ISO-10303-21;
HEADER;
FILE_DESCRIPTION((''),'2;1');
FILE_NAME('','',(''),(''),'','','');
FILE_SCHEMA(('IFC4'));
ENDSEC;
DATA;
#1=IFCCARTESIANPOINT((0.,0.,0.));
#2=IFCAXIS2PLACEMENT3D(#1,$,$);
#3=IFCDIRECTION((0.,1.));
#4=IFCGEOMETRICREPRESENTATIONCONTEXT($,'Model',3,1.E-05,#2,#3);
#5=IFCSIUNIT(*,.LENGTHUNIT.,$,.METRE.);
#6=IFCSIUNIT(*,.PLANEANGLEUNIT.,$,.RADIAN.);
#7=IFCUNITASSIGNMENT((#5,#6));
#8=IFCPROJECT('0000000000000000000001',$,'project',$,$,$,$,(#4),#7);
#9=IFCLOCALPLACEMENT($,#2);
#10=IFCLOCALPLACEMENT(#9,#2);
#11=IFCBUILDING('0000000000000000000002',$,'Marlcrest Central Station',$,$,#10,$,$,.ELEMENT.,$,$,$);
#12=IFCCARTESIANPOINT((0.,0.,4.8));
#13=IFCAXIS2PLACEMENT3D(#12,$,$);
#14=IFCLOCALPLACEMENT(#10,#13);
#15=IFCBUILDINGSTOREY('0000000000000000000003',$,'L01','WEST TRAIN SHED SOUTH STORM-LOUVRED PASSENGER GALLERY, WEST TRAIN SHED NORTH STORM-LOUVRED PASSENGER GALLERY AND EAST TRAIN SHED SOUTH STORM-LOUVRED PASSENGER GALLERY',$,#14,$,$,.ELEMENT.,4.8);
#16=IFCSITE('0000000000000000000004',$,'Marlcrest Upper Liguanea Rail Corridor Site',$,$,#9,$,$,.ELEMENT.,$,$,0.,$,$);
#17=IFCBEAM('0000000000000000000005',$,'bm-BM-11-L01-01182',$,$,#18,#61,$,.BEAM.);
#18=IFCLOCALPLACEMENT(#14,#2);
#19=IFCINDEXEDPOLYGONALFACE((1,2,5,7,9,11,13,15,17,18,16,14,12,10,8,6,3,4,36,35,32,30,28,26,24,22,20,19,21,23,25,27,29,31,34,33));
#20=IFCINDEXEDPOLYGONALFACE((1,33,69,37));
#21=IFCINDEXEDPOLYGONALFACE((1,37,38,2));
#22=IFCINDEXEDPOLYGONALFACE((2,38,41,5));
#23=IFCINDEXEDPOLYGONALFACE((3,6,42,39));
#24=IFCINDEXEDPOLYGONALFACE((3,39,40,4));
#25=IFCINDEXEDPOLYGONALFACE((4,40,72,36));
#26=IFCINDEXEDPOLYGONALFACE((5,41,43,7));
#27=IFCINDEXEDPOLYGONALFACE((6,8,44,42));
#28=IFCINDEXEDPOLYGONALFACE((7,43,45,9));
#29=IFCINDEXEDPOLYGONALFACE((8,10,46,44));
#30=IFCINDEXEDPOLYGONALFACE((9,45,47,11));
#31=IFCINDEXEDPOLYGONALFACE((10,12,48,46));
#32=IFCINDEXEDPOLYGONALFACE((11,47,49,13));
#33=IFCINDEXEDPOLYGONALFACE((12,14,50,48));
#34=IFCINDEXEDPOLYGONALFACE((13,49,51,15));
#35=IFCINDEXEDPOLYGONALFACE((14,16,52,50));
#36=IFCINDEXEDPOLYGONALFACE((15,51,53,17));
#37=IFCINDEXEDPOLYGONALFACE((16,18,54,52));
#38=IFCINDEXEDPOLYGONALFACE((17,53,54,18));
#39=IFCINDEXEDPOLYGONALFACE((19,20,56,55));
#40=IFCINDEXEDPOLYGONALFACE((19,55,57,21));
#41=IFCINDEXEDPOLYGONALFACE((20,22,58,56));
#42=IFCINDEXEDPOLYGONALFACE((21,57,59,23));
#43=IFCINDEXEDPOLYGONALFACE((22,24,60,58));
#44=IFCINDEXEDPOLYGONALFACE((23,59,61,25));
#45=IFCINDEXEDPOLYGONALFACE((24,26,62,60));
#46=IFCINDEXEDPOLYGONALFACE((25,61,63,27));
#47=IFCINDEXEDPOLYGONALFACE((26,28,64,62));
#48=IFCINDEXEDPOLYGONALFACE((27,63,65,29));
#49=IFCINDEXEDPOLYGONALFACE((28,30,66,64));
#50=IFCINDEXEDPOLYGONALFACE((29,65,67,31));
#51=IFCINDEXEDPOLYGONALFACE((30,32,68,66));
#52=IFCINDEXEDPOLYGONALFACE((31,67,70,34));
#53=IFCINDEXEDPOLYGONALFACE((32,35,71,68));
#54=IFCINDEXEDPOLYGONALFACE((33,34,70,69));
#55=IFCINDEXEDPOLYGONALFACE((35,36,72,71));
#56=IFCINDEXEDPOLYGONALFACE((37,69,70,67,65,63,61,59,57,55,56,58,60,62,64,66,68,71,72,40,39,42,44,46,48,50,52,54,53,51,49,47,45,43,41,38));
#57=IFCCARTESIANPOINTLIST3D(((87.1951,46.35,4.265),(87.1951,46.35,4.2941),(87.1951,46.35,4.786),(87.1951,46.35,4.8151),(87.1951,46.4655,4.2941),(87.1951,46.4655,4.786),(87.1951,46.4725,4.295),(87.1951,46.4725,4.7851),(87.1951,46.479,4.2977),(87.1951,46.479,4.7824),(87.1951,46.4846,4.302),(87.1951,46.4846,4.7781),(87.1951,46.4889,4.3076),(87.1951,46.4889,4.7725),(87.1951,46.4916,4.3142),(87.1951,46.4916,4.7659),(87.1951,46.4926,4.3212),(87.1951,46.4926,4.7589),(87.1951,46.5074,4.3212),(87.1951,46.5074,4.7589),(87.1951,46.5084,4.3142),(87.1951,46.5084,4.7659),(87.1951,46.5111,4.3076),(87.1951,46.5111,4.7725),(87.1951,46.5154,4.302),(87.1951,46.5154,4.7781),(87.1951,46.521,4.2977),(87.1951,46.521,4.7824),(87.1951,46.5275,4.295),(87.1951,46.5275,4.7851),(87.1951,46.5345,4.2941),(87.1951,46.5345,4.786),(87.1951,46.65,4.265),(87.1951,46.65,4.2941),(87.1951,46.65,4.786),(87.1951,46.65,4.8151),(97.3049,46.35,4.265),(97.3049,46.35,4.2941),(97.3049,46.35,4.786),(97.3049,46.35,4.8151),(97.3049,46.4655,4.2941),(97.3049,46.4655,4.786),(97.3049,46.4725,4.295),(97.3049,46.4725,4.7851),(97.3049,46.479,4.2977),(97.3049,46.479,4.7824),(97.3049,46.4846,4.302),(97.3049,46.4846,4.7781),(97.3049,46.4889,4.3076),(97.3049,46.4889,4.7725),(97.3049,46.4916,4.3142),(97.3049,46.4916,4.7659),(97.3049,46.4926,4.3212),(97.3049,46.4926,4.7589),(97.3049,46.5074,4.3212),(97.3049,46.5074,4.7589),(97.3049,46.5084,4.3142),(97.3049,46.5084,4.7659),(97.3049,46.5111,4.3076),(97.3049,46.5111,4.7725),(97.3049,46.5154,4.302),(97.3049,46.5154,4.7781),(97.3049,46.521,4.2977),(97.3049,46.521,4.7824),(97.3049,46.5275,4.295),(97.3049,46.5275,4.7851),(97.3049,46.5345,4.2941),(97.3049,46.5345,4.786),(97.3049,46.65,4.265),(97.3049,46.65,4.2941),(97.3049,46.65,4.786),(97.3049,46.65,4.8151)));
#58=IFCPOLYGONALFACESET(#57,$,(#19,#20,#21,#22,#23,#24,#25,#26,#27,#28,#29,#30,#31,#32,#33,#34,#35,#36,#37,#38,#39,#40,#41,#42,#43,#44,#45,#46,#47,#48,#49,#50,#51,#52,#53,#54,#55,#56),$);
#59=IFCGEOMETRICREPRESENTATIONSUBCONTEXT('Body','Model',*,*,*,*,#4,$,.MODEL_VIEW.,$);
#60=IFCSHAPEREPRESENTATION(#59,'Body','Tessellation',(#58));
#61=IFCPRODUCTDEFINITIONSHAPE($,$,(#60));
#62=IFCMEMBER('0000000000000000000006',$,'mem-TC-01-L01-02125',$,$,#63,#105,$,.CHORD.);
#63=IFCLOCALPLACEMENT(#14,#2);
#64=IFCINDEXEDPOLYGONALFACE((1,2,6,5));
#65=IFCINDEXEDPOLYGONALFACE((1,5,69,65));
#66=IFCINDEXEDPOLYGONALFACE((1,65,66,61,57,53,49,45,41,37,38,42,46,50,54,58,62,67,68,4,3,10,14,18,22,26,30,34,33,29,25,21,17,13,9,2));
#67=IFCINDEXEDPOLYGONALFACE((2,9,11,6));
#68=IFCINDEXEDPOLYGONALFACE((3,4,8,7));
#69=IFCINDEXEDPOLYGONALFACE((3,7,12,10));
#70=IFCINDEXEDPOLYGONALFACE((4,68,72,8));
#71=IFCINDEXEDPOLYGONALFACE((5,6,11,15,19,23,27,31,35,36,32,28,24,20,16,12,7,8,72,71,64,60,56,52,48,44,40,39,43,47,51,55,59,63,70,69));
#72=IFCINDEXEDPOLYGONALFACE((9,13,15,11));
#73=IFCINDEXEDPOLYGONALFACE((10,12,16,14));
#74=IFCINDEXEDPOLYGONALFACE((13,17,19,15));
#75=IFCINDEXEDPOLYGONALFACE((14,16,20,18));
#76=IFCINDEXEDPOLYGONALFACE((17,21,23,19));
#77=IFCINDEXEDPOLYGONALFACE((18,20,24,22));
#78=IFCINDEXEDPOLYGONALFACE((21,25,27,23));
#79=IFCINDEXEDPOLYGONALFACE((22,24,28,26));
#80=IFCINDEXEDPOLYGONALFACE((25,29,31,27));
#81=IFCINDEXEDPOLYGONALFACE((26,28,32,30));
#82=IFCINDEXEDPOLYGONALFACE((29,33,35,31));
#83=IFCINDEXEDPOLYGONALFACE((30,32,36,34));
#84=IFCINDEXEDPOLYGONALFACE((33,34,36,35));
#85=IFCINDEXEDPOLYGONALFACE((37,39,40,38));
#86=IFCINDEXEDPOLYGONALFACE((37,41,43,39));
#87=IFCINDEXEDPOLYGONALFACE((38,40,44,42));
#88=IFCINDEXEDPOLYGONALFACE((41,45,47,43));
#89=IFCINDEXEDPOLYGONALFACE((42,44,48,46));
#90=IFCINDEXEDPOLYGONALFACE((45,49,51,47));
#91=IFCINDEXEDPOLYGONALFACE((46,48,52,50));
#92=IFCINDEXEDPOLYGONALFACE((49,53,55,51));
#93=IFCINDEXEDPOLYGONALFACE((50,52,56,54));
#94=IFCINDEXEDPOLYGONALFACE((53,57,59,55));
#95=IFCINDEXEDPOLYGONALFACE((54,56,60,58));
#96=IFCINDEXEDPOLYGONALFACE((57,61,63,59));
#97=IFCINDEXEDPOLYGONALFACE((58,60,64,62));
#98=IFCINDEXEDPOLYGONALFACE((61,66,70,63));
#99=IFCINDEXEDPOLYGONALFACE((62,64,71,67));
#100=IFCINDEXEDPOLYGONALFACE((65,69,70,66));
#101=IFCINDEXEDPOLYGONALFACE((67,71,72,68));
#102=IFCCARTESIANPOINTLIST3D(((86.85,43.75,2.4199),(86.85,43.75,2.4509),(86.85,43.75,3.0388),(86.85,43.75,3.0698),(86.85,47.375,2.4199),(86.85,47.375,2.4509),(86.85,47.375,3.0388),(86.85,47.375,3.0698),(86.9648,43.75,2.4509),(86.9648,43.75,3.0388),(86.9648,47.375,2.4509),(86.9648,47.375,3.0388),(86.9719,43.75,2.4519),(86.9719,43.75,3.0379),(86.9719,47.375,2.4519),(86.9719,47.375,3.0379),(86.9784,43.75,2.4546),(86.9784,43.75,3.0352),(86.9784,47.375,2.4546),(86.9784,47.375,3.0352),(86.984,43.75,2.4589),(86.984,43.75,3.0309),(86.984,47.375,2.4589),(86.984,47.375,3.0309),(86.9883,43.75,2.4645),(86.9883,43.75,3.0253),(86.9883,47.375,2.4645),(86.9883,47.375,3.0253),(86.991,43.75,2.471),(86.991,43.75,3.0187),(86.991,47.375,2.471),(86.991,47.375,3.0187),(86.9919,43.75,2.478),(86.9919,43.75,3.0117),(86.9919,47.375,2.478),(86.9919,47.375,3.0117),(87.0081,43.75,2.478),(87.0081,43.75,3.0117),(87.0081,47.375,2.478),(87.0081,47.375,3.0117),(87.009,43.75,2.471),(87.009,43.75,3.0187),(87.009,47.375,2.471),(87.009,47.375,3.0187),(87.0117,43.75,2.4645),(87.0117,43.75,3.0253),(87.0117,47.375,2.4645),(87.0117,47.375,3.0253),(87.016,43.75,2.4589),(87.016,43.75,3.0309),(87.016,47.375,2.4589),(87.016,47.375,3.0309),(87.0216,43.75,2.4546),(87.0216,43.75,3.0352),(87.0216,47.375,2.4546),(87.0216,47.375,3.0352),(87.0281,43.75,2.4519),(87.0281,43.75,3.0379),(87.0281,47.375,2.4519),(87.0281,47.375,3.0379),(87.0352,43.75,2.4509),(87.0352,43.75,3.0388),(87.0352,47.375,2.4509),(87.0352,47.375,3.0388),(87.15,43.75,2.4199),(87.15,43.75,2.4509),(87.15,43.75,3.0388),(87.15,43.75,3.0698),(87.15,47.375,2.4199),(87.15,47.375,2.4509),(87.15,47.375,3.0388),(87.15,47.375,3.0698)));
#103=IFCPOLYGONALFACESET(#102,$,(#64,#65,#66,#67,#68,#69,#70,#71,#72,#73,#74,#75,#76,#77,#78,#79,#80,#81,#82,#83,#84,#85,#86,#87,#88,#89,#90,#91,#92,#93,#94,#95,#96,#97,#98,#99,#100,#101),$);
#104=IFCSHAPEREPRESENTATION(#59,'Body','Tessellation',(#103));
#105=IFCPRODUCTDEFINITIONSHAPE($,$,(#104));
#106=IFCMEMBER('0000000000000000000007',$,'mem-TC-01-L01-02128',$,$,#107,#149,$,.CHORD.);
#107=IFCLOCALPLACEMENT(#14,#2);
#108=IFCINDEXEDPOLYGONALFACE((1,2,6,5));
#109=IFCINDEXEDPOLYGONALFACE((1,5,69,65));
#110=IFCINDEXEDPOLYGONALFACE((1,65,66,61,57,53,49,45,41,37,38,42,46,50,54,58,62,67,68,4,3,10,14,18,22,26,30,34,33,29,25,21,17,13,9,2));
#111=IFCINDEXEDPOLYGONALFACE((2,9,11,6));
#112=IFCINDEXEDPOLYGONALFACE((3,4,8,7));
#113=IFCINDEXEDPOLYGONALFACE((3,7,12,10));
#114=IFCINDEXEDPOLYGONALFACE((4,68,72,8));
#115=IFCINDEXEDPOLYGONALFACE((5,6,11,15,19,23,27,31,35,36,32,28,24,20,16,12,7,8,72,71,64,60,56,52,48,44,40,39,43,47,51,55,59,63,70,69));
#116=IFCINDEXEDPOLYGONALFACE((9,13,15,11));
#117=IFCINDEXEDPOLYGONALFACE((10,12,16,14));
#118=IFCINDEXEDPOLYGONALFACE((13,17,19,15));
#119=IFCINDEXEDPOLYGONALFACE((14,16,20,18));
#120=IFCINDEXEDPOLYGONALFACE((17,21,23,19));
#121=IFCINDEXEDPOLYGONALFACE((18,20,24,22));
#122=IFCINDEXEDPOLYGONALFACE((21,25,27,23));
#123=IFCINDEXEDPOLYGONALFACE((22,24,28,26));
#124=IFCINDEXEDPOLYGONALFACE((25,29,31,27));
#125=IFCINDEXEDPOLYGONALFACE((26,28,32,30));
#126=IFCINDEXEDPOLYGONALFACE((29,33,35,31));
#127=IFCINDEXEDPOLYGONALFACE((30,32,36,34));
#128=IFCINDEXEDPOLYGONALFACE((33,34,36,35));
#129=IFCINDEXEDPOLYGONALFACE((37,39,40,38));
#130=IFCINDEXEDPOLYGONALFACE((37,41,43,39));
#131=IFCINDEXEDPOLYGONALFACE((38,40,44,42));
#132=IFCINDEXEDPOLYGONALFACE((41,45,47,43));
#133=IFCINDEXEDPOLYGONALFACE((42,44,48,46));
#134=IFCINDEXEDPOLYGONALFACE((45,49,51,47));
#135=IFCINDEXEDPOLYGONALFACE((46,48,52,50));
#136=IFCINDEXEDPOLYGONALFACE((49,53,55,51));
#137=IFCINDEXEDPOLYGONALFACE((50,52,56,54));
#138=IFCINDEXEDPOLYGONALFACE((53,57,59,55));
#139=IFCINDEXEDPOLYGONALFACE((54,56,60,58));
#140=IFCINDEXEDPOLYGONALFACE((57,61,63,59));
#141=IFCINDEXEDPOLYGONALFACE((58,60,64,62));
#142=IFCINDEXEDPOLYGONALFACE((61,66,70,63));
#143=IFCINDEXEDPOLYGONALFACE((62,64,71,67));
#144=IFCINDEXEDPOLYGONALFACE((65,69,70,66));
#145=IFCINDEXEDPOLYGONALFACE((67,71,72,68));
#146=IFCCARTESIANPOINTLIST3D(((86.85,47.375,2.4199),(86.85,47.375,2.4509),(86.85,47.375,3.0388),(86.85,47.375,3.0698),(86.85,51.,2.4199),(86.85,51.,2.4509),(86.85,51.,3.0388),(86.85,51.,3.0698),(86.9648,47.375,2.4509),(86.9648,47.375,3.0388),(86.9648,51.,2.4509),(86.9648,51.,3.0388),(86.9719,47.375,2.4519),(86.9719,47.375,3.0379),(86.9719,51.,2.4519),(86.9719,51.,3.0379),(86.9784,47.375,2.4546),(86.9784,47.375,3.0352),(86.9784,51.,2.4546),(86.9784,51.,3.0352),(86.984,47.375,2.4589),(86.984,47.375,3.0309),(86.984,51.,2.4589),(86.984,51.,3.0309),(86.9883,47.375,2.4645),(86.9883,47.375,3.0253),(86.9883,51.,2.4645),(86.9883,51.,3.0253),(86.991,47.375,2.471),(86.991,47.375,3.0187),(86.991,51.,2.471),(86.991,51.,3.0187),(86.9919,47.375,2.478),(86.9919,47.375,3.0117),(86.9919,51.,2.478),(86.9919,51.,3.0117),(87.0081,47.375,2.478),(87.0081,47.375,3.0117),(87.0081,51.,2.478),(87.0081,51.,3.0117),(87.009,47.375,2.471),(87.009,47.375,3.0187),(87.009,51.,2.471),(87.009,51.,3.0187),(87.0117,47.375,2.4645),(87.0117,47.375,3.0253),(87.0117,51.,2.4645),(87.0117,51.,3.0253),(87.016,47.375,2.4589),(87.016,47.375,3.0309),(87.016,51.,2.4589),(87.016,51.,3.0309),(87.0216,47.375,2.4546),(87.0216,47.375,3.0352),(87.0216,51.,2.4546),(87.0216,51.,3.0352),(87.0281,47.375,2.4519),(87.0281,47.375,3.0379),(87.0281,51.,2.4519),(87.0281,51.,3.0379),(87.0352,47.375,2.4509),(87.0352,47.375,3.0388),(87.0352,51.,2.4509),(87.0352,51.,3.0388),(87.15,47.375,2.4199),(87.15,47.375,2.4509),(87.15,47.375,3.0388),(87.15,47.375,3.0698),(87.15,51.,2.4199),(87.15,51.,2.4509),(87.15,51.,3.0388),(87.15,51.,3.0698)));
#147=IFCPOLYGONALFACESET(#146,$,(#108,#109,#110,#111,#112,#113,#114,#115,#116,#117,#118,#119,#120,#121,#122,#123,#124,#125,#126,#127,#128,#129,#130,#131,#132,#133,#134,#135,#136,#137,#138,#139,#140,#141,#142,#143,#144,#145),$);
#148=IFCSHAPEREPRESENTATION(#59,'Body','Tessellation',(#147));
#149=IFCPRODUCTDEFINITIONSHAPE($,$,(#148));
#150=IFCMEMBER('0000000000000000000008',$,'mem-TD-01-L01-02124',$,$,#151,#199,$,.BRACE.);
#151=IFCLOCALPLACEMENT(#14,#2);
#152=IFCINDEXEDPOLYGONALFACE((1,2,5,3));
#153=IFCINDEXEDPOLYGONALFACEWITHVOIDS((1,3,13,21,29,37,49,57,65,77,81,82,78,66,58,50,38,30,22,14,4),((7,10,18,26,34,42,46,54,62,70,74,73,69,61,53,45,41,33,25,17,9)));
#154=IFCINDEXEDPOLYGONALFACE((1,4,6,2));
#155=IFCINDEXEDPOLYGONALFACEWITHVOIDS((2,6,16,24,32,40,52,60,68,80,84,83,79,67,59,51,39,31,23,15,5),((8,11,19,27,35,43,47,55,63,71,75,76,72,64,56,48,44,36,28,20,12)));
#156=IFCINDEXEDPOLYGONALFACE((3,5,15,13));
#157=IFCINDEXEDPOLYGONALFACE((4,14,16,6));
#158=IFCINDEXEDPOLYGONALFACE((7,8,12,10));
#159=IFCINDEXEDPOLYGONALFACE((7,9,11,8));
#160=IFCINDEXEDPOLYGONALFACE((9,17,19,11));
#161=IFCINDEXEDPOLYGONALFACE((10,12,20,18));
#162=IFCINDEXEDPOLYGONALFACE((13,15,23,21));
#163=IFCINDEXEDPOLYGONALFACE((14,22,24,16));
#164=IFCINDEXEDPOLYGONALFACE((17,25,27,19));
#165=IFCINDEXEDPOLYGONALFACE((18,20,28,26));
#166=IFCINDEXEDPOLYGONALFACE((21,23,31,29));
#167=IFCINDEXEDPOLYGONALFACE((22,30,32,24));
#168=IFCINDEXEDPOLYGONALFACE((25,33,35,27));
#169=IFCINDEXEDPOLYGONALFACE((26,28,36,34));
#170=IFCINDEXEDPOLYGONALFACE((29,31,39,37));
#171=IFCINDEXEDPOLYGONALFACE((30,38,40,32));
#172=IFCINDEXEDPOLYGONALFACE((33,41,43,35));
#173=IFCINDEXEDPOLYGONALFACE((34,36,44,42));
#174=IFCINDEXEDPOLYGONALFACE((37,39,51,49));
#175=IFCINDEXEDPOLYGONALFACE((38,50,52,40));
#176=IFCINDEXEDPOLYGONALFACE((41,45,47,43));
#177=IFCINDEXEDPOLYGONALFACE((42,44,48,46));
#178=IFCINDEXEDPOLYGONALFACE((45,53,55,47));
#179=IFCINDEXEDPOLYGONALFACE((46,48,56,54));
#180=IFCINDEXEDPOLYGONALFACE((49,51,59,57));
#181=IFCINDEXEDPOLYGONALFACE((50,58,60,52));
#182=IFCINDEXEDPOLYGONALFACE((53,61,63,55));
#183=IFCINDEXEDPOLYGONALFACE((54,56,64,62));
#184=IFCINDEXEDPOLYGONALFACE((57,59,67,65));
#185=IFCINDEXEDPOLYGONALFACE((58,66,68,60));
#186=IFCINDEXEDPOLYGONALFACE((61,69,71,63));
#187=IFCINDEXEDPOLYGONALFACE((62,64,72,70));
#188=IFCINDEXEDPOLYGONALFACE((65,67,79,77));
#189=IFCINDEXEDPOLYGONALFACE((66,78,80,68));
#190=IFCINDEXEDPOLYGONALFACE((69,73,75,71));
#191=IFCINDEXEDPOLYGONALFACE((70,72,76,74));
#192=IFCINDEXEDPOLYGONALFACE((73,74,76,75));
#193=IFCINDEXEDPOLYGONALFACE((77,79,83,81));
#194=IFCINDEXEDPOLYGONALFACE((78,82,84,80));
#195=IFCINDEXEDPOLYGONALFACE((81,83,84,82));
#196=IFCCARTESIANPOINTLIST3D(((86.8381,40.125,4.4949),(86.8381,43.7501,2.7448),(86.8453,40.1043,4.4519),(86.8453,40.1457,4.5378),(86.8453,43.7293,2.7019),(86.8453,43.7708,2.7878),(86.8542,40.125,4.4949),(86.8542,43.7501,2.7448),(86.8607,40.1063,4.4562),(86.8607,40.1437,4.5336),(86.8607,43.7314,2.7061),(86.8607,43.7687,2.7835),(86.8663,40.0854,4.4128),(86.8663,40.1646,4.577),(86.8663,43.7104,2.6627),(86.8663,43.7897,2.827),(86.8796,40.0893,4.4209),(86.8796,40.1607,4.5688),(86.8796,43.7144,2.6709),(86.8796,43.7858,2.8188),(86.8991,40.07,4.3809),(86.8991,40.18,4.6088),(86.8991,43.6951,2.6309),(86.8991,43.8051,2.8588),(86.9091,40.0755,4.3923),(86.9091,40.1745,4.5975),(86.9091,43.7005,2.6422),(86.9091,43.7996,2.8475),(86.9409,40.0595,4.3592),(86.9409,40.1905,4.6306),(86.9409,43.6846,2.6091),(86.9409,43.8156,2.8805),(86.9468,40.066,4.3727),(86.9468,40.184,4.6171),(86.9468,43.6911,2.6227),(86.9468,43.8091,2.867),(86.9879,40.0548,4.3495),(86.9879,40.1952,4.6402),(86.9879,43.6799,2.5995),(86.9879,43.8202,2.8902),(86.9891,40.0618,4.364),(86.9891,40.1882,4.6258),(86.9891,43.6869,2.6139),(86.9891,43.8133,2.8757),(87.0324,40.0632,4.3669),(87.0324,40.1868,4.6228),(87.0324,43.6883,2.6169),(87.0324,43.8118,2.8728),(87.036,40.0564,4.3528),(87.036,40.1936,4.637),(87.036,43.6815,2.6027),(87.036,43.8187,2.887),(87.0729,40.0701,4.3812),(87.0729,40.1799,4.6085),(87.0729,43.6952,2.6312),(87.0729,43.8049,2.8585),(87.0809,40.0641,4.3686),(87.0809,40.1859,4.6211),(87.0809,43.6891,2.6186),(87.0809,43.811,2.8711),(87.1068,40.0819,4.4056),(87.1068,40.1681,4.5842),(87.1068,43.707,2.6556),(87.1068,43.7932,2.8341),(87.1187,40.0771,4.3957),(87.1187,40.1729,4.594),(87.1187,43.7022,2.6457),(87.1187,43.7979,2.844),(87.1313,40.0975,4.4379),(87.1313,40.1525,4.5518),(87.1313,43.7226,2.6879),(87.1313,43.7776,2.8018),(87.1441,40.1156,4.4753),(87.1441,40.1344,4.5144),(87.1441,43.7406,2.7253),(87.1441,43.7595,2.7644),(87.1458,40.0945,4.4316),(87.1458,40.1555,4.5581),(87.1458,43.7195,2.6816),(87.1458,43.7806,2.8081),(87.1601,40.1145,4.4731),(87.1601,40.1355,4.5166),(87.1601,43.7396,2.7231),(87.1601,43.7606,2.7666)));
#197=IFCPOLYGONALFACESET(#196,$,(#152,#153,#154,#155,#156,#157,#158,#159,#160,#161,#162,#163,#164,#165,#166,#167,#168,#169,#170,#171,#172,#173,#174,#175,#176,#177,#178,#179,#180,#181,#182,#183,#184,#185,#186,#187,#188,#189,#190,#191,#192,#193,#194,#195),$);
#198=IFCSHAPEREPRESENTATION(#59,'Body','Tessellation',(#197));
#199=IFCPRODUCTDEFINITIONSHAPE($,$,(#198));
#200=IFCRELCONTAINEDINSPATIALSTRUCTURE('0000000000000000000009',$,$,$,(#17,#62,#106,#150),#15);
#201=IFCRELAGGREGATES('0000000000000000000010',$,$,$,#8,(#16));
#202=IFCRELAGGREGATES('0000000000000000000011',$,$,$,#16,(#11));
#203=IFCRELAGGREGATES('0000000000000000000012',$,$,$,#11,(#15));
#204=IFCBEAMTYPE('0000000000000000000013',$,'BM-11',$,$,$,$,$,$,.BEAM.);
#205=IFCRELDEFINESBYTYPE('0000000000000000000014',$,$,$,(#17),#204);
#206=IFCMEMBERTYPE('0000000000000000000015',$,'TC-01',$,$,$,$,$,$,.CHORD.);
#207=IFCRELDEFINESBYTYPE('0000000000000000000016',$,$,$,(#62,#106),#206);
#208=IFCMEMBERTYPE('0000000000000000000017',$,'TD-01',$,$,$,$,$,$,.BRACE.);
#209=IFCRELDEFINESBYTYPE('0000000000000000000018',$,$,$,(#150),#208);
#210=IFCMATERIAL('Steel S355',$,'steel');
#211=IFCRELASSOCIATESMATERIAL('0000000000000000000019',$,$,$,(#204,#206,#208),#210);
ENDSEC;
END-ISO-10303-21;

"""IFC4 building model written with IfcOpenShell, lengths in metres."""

from ifc_helpers import new_model, si_unit, direction, frame, origin, origin_2d, place, context, subcontext, project, spatial, hollow_circle, i_section, extrude, material, material_profile, profile_set, type_object, element, save


model = new_model("IFC4")

# Units and contexts
model_context = context("Model", 3, precision=1e-05, world=origin(), true_north=direction((0.0, 1.0)))
body_context = subcontext(model_context, "Body", "Model", "MODEL_VIEW")
ifc_project = project(units=[si_unit("LENGTHUNIT", "METRE"), si_unit("PLANEANGLEUNIT", "RADIAN")], contexts=[model_context])

# Site, building, storey
site_placement = place(None, origin())
site = spatial("IfcSite", under=ifc_project, at=site_placement, Name="Marlcrest Upper Liguanea Rail Corridor Site", CompositionType="ELEMENT", RefElevation=0.0)
building_placement = place(site_placement, origin())
building = spatial("IfcBuilding", under=site, at=building_placement, Name="Marlcrest Central Station", CompositionType="ELEMENT")
storey_placement = place(building_placement, frame((0.0, 0.0, 4.8)))
storey = spatial("IfcBuildingStorey", under=building, at=storey_placement, Name="L01", Description="WEST TRAIN SHED SOUTH STORM-LOUVRED PASSENGER GALLERY, WEST TRAIN SHED NORTH STORM-LOUVRED PASSENGER GALLERY AND EAST TRAIN SHED SOUTH STORM-LOUVRED PASSENGER GALLERY", CompositionType="ELEMENT", Elevation=4.8)

# Beam
ifc_material_1 = material(Name="Steel S355", Category="steel")
ifc_material_profile_1 = material_profile(ifc_material_1, i_section(OverallWidth=0.3, OverallDepth=0.55, WebThickness=0.0149, FlangeThickness=0.0291, FilletRadius=0.0271, at=origin_2d()), Name="HEB 550")
ifc_profile_set_1 = profile_set([ifc_material_profile_1], Name="Steel S355")
beam_type = type_object("IfcBeamType", Name="BM-11", PredefinedType="BEAM", material=ifc_profile_set_1)
beam_placement = place(storey_placement, frame((87.1951, 46.5, 4.54), z_axis=(1.0, 0.0, 0.0), x_axis=(0.0, 1.0, 0.0)))
element("IfcBeam", 1, at=beam_placement, inside=storey, type_object=beam_type, Name="bm-BM-11-L01-01182", PredefinedType="BEAM", context=body_context, shape_type="SweptSolid", body=[
    extrude(i_section(OverallWidth=0.3, OverallDepth=0.55, WebThickness=0.0149, FlangeThickness=0.0291, FilletRadius=0.0271, at=origin_2d()), origin(), (0.0, 0.0, 1.0), 10.1099),
])

# Members
ifc_material_profile_2 = material_profile(ifc_material_1, i_section(OverallWidth=0.3, OverallDepth=0.6499, WebThickness=0.0161, FlangeThickness=0.031, FilletRadius=0.0271, at=origin_2d()), Name="HEB 650")
ifc_profile_set_2 = profile_set([ifc_material_profile_2], Name="Steel S355")
member_type_1 = type_object("IfcMemberType", Name="TC-01", PredefinedType="CHORD", material=ifc_profile_set_2)
for number, where, z_axis, x_axis, name in (
    (2, (87.0, 43.75, 2.7449), (0.0, 1.0, 0.0), (-1.0, 0.0, 0.0), "mem-TC-01-L01-02125"),
    (3, (87.0, 47.375, 2.7449), (0.0, 1.0, 0.0), (-1.0, 0.0, 0.0), "mem-TC-01-L01-02128"),
):
    element("IfcMember", number, at=place(storey_placement, frame(where, z_axis=z_axis, x_axis=x_axis)), inside=storey, type_object=member_type_1, Name=name, PredefinedType="CHORD", context=body_context, shape_type="SweptSolid", body=[
        extrude(i_section(OverallWidth=0.3, OverallDepth=0.6499, WebThickness=0.0161, FlangeThickness=0.031, FilletRadius=0.0271, at=origin_2d()), origin(), (0.0, 0.0, 1.0), 3.625),
    ])
ifc_material_profile_3 = material_profile(ifc_material_1, hollow_circle(Radius=0.1619, WallThickness=0.0161, at=origin_2d()), Name="CHS 323.9x16")
ifc_profile_set_3 = profile_set([ifc_material_profile_3], Name="Steel S355")
member_type_2 = type_object("IfcMemberType", Name="TD-01", PredefinedType="BRACE", material=ifc_profile_set_3)
for number, where, z_axis, x_axis, name in (
    (4, (87.0, 40.125, 4.4949), (0.0, 0.900552, -0.434749), (-1.0, 0.0, 0.0), "mem-TD-01-L01-02124"),
):
    element("IfcMember", number, at=place(storey_placement, frame(where, z_axis=z_axis, x_axis=x_axis)), inside=storey, type_object=member_type_2, Name=name, PredefinedType="BRACE", context=body_context, shape_type="SweptSolid", body=[
        extrude(hollow_circle(Radius=0.1619, WallThickness=0.0161, at=origin_2d()), origin(), (0.0, 0.0, 1.0), 4.0254),
    ])

save(model, "model.ifc")
